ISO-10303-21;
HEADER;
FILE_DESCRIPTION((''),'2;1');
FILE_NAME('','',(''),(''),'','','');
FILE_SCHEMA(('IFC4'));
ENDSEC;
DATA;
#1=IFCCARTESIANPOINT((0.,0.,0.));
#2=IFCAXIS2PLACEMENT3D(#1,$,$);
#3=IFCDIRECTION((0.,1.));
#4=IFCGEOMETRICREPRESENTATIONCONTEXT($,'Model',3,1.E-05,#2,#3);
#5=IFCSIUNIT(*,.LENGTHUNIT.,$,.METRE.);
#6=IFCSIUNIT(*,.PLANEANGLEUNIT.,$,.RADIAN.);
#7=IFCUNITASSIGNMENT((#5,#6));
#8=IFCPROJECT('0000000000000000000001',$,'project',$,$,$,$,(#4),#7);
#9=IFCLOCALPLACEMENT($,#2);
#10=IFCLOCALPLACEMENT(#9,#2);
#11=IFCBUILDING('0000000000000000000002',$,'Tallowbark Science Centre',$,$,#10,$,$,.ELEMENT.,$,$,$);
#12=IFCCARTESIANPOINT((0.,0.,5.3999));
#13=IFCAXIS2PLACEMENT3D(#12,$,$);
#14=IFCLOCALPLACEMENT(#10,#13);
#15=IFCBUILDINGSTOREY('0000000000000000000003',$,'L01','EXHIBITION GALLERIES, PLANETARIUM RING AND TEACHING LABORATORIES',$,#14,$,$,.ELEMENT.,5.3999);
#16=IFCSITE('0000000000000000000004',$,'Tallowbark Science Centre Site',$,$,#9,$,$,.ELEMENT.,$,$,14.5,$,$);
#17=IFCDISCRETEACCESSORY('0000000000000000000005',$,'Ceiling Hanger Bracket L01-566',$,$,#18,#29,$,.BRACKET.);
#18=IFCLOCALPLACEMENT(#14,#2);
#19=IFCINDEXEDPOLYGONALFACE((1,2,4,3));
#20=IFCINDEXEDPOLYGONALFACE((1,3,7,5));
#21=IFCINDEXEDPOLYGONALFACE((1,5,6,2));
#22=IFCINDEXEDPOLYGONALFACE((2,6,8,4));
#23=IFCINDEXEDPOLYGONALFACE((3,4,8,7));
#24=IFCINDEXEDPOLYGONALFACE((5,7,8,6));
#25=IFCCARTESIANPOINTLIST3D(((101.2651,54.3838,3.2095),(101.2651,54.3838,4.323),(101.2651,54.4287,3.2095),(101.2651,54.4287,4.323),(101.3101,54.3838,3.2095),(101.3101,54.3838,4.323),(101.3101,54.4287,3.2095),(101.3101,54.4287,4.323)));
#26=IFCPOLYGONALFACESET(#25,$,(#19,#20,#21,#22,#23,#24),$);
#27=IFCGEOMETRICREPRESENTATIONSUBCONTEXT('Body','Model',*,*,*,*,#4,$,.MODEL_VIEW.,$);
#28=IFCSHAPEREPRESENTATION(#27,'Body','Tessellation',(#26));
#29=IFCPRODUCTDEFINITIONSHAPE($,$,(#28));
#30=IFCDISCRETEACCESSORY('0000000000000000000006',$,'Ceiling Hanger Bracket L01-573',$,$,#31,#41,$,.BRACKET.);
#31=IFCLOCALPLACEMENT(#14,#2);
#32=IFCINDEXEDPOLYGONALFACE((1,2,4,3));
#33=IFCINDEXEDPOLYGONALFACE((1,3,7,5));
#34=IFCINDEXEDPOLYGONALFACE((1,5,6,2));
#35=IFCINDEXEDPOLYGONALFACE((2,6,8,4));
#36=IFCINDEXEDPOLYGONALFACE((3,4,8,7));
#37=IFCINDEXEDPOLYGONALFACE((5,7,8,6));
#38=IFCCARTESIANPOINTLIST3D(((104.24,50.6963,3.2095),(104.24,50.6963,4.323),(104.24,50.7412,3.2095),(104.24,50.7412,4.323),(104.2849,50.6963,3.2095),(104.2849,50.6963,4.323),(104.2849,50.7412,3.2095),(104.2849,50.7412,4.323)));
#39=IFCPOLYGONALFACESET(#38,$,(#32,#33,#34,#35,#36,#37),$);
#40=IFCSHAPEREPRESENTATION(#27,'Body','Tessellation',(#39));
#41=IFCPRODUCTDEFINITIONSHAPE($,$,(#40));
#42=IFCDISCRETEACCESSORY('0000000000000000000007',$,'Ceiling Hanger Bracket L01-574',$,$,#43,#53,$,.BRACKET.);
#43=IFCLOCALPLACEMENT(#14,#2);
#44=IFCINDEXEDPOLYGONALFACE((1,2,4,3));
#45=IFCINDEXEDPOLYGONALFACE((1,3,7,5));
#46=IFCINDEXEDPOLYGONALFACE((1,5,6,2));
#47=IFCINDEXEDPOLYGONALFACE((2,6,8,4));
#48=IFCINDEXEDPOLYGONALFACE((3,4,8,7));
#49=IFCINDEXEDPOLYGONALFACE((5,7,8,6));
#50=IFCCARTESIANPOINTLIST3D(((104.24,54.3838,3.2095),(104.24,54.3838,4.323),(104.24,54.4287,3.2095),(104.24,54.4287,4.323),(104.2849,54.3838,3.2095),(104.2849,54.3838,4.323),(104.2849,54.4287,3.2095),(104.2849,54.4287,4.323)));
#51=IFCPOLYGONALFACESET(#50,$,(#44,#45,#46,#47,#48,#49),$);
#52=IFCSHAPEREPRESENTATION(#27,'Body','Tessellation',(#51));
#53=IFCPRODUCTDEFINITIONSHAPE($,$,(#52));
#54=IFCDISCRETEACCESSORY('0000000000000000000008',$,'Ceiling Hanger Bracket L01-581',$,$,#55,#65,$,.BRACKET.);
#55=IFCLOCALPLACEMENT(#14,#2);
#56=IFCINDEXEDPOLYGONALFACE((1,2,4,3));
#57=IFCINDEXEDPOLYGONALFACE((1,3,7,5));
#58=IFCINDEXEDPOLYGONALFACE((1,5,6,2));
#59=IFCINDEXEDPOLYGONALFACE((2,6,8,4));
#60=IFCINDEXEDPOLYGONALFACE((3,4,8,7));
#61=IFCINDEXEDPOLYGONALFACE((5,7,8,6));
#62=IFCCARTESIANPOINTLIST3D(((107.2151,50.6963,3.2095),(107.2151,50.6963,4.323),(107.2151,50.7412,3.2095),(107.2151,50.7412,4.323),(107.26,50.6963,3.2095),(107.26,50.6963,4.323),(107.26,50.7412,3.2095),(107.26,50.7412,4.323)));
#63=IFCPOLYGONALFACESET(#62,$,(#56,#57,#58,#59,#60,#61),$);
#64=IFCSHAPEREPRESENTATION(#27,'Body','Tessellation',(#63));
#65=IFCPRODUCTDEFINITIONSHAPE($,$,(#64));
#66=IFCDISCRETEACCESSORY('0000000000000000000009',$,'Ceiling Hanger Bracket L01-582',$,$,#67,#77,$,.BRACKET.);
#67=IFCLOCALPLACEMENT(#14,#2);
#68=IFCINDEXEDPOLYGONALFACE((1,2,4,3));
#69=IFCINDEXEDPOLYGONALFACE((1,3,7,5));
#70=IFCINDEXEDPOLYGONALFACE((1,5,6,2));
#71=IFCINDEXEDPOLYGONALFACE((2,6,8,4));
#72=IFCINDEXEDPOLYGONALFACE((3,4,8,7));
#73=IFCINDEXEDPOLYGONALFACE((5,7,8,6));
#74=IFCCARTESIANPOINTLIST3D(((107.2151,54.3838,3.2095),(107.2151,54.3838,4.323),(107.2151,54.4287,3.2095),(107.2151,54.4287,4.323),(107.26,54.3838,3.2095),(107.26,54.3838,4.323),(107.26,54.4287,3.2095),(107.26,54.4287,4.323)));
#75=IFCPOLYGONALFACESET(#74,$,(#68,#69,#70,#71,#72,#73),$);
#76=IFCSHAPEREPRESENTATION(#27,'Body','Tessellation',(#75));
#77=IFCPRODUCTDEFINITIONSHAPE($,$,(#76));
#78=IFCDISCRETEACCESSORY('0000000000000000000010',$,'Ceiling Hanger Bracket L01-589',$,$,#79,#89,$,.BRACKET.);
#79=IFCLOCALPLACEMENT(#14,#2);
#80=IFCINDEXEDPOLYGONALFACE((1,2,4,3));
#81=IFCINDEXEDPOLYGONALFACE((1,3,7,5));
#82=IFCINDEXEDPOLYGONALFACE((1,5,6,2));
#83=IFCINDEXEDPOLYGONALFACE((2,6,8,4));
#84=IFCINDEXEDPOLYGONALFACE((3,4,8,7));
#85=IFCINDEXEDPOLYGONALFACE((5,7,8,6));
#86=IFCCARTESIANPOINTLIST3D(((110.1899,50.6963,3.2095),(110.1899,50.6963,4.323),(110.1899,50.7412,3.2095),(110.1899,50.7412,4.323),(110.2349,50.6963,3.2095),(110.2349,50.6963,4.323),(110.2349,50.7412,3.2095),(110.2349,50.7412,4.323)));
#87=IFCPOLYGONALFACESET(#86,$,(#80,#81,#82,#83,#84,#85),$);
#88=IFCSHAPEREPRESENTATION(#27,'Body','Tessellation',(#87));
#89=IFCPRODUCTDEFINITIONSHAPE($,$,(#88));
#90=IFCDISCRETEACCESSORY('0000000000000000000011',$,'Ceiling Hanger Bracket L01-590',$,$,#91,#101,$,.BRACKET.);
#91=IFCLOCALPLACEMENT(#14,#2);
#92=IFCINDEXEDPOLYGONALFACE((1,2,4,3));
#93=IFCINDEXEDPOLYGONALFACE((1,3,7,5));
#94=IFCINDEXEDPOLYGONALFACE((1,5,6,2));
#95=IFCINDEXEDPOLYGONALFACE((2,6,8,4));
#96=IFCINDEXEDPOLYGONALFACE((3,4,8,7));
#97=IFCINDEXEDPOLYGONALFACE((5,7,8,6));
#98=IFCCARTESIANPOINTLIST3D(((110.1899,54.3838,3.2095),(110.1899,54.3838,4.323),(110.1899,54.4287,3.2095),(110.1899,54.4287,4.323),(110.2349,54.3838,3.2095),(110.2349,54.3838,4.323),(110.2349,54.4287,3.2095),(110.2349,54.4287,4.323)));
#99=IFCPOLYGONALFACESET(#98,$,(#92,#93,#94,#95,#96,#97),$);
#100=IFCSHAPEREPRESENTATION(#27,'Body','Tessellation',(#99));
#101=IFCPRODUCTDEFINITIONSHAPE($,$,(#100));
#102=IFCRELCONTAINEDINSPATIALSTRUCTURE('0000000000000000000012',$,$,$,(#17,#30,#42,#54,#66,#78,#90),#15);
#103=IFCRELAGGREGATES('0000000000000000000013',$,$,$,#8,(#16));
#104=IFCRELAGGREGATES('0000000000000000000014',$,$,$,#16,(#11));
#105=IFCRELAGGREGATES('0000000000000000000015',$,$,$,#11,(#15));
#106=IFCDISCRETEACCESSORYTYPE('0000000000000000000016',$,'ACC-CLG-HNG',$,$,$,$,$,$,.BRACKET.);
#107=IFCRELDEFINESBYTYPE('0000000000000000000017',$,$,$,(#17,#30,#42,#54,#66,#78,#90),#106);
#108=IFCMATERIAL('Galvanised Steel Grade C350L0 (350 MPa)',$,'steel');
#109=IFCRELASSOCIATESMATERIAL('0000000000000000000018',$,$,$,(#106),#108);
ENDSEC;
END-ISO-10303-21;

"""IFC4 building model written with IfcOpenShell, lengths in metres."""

from ifc_helpers import new_model, si_unit, direction, frame, origin, origin_2d, place, context, subcontext, project, spatial, rectangle, extrude, material, type_object, element, save


model = new_model("IFC4")

# Units and contexts
model_context = context("Model", 3, precision=1e-05, world=origin(), true_north=direction((0.0, 1.0)))
body_context = subcontext(model_context, "Body", "Model", "MODEL_VIEW")
ifc_project = project(units=[si_unit("LENGTHUNIT", "METRE"), si_unit("PLANEANGLEUNIT", "RADIAN")], contexts=[model_context])

# Site, building, storey
site_placement = place(None, origin())
site = spatial("IfcSite", under=ifc_project, at=site_placement, Name="Tallowbark Science Centre Site", CompositionType="ELEMENT", RefElevation=14.5)
building_placement = place(site_placement, origin())
building = spatial("IfcBuilding", under=site, at=building_placement, Name="Tallowbark Science Centre", CompositionType="ELEMENT")
storey_placement = place(building_placement, frame((0.0, 0.0, 5.3999)))
storey = spatial("IfcBuildingStorey", under=building, at=storey_placement, Name="L01", Description="EXHIBITION GALLERIES, PLANETARIUM RING AND TEACHING LABORATORIES", CompositionType="ELEMENT", Elevation=5.3999)

# Discrete accessories
ifc_material_1 = material(Name="Galvanised Steel Grade C350L0 (350 MPa)", Category="steel")
discrete_accessory_type = type_object("IfcDiscreteAccessoryType", Name="ACC-CLG-HNG", PredefinedType="BRACKET", material=ifc_material_1)
for number, where, z_axis, x_axis, name in (
    (1, (101.2876, 54.4062, 3.2095), (0.0, 0.0, 1.0), (1.0, 0.0, 0.0), "Ceiling Hanger Bracket L01-566"),
    (2, (104.2625, 50.7188, 3.2095), (0.0, 0.0, 1.0), (1.0, 0.0, 0.0), "Ceiling Hanger Bracket L01-573"),
    (3, (104.2625, 54.4062, 3.2095), (0.0, 0.0, 1.0), (1.0, 0.0, 0.0), "Ceiling Hanger Bracket L01-574"),
    (4, (107.2375, 50.7188, 3.2095), (0.0, 0.0, 1.0), (1.0, 0.0, 0.0), "Ceiling Hanger Bracket L01-581"),
    (5, (107.2375, 54.4062, 3.2095), (0.0, 0.0, 1.0), (1.0, 0.0, 0.0), "Ceiling Hanger Bracket L01-582"),
    (6, (110.2124, 50.7188, 3.2095), (0.0, 0.0, 1.0), (1.0, 0.0, 0.0), "Ceiling Hanger Bracket L01-589"),
    (7, (110.2124, 54.4062, 3.2095), (0.0, 0.0, 1.0), (1.0, 0.0, 0.0), "Ceiling Hanger Bracket L01-590"),
):
    element("IfcDiscreteAccessory", number, at=place(storey_placement, frame(where, z_axis=z_axis, x_axis=x_axis)), inside=storey, type_object=discrete_accessory_type, Name=name, PredefinedType="BRACKET", context=body_context, shape_type="SweptSolid", body=[
        extrude(rectangle(XDim=0.0449, YDim=0.0449, at=origin_2d()), origin(), (0.0, 0.0, 1.0), 1.1135),
    ])

save(model, "model.ifc")
